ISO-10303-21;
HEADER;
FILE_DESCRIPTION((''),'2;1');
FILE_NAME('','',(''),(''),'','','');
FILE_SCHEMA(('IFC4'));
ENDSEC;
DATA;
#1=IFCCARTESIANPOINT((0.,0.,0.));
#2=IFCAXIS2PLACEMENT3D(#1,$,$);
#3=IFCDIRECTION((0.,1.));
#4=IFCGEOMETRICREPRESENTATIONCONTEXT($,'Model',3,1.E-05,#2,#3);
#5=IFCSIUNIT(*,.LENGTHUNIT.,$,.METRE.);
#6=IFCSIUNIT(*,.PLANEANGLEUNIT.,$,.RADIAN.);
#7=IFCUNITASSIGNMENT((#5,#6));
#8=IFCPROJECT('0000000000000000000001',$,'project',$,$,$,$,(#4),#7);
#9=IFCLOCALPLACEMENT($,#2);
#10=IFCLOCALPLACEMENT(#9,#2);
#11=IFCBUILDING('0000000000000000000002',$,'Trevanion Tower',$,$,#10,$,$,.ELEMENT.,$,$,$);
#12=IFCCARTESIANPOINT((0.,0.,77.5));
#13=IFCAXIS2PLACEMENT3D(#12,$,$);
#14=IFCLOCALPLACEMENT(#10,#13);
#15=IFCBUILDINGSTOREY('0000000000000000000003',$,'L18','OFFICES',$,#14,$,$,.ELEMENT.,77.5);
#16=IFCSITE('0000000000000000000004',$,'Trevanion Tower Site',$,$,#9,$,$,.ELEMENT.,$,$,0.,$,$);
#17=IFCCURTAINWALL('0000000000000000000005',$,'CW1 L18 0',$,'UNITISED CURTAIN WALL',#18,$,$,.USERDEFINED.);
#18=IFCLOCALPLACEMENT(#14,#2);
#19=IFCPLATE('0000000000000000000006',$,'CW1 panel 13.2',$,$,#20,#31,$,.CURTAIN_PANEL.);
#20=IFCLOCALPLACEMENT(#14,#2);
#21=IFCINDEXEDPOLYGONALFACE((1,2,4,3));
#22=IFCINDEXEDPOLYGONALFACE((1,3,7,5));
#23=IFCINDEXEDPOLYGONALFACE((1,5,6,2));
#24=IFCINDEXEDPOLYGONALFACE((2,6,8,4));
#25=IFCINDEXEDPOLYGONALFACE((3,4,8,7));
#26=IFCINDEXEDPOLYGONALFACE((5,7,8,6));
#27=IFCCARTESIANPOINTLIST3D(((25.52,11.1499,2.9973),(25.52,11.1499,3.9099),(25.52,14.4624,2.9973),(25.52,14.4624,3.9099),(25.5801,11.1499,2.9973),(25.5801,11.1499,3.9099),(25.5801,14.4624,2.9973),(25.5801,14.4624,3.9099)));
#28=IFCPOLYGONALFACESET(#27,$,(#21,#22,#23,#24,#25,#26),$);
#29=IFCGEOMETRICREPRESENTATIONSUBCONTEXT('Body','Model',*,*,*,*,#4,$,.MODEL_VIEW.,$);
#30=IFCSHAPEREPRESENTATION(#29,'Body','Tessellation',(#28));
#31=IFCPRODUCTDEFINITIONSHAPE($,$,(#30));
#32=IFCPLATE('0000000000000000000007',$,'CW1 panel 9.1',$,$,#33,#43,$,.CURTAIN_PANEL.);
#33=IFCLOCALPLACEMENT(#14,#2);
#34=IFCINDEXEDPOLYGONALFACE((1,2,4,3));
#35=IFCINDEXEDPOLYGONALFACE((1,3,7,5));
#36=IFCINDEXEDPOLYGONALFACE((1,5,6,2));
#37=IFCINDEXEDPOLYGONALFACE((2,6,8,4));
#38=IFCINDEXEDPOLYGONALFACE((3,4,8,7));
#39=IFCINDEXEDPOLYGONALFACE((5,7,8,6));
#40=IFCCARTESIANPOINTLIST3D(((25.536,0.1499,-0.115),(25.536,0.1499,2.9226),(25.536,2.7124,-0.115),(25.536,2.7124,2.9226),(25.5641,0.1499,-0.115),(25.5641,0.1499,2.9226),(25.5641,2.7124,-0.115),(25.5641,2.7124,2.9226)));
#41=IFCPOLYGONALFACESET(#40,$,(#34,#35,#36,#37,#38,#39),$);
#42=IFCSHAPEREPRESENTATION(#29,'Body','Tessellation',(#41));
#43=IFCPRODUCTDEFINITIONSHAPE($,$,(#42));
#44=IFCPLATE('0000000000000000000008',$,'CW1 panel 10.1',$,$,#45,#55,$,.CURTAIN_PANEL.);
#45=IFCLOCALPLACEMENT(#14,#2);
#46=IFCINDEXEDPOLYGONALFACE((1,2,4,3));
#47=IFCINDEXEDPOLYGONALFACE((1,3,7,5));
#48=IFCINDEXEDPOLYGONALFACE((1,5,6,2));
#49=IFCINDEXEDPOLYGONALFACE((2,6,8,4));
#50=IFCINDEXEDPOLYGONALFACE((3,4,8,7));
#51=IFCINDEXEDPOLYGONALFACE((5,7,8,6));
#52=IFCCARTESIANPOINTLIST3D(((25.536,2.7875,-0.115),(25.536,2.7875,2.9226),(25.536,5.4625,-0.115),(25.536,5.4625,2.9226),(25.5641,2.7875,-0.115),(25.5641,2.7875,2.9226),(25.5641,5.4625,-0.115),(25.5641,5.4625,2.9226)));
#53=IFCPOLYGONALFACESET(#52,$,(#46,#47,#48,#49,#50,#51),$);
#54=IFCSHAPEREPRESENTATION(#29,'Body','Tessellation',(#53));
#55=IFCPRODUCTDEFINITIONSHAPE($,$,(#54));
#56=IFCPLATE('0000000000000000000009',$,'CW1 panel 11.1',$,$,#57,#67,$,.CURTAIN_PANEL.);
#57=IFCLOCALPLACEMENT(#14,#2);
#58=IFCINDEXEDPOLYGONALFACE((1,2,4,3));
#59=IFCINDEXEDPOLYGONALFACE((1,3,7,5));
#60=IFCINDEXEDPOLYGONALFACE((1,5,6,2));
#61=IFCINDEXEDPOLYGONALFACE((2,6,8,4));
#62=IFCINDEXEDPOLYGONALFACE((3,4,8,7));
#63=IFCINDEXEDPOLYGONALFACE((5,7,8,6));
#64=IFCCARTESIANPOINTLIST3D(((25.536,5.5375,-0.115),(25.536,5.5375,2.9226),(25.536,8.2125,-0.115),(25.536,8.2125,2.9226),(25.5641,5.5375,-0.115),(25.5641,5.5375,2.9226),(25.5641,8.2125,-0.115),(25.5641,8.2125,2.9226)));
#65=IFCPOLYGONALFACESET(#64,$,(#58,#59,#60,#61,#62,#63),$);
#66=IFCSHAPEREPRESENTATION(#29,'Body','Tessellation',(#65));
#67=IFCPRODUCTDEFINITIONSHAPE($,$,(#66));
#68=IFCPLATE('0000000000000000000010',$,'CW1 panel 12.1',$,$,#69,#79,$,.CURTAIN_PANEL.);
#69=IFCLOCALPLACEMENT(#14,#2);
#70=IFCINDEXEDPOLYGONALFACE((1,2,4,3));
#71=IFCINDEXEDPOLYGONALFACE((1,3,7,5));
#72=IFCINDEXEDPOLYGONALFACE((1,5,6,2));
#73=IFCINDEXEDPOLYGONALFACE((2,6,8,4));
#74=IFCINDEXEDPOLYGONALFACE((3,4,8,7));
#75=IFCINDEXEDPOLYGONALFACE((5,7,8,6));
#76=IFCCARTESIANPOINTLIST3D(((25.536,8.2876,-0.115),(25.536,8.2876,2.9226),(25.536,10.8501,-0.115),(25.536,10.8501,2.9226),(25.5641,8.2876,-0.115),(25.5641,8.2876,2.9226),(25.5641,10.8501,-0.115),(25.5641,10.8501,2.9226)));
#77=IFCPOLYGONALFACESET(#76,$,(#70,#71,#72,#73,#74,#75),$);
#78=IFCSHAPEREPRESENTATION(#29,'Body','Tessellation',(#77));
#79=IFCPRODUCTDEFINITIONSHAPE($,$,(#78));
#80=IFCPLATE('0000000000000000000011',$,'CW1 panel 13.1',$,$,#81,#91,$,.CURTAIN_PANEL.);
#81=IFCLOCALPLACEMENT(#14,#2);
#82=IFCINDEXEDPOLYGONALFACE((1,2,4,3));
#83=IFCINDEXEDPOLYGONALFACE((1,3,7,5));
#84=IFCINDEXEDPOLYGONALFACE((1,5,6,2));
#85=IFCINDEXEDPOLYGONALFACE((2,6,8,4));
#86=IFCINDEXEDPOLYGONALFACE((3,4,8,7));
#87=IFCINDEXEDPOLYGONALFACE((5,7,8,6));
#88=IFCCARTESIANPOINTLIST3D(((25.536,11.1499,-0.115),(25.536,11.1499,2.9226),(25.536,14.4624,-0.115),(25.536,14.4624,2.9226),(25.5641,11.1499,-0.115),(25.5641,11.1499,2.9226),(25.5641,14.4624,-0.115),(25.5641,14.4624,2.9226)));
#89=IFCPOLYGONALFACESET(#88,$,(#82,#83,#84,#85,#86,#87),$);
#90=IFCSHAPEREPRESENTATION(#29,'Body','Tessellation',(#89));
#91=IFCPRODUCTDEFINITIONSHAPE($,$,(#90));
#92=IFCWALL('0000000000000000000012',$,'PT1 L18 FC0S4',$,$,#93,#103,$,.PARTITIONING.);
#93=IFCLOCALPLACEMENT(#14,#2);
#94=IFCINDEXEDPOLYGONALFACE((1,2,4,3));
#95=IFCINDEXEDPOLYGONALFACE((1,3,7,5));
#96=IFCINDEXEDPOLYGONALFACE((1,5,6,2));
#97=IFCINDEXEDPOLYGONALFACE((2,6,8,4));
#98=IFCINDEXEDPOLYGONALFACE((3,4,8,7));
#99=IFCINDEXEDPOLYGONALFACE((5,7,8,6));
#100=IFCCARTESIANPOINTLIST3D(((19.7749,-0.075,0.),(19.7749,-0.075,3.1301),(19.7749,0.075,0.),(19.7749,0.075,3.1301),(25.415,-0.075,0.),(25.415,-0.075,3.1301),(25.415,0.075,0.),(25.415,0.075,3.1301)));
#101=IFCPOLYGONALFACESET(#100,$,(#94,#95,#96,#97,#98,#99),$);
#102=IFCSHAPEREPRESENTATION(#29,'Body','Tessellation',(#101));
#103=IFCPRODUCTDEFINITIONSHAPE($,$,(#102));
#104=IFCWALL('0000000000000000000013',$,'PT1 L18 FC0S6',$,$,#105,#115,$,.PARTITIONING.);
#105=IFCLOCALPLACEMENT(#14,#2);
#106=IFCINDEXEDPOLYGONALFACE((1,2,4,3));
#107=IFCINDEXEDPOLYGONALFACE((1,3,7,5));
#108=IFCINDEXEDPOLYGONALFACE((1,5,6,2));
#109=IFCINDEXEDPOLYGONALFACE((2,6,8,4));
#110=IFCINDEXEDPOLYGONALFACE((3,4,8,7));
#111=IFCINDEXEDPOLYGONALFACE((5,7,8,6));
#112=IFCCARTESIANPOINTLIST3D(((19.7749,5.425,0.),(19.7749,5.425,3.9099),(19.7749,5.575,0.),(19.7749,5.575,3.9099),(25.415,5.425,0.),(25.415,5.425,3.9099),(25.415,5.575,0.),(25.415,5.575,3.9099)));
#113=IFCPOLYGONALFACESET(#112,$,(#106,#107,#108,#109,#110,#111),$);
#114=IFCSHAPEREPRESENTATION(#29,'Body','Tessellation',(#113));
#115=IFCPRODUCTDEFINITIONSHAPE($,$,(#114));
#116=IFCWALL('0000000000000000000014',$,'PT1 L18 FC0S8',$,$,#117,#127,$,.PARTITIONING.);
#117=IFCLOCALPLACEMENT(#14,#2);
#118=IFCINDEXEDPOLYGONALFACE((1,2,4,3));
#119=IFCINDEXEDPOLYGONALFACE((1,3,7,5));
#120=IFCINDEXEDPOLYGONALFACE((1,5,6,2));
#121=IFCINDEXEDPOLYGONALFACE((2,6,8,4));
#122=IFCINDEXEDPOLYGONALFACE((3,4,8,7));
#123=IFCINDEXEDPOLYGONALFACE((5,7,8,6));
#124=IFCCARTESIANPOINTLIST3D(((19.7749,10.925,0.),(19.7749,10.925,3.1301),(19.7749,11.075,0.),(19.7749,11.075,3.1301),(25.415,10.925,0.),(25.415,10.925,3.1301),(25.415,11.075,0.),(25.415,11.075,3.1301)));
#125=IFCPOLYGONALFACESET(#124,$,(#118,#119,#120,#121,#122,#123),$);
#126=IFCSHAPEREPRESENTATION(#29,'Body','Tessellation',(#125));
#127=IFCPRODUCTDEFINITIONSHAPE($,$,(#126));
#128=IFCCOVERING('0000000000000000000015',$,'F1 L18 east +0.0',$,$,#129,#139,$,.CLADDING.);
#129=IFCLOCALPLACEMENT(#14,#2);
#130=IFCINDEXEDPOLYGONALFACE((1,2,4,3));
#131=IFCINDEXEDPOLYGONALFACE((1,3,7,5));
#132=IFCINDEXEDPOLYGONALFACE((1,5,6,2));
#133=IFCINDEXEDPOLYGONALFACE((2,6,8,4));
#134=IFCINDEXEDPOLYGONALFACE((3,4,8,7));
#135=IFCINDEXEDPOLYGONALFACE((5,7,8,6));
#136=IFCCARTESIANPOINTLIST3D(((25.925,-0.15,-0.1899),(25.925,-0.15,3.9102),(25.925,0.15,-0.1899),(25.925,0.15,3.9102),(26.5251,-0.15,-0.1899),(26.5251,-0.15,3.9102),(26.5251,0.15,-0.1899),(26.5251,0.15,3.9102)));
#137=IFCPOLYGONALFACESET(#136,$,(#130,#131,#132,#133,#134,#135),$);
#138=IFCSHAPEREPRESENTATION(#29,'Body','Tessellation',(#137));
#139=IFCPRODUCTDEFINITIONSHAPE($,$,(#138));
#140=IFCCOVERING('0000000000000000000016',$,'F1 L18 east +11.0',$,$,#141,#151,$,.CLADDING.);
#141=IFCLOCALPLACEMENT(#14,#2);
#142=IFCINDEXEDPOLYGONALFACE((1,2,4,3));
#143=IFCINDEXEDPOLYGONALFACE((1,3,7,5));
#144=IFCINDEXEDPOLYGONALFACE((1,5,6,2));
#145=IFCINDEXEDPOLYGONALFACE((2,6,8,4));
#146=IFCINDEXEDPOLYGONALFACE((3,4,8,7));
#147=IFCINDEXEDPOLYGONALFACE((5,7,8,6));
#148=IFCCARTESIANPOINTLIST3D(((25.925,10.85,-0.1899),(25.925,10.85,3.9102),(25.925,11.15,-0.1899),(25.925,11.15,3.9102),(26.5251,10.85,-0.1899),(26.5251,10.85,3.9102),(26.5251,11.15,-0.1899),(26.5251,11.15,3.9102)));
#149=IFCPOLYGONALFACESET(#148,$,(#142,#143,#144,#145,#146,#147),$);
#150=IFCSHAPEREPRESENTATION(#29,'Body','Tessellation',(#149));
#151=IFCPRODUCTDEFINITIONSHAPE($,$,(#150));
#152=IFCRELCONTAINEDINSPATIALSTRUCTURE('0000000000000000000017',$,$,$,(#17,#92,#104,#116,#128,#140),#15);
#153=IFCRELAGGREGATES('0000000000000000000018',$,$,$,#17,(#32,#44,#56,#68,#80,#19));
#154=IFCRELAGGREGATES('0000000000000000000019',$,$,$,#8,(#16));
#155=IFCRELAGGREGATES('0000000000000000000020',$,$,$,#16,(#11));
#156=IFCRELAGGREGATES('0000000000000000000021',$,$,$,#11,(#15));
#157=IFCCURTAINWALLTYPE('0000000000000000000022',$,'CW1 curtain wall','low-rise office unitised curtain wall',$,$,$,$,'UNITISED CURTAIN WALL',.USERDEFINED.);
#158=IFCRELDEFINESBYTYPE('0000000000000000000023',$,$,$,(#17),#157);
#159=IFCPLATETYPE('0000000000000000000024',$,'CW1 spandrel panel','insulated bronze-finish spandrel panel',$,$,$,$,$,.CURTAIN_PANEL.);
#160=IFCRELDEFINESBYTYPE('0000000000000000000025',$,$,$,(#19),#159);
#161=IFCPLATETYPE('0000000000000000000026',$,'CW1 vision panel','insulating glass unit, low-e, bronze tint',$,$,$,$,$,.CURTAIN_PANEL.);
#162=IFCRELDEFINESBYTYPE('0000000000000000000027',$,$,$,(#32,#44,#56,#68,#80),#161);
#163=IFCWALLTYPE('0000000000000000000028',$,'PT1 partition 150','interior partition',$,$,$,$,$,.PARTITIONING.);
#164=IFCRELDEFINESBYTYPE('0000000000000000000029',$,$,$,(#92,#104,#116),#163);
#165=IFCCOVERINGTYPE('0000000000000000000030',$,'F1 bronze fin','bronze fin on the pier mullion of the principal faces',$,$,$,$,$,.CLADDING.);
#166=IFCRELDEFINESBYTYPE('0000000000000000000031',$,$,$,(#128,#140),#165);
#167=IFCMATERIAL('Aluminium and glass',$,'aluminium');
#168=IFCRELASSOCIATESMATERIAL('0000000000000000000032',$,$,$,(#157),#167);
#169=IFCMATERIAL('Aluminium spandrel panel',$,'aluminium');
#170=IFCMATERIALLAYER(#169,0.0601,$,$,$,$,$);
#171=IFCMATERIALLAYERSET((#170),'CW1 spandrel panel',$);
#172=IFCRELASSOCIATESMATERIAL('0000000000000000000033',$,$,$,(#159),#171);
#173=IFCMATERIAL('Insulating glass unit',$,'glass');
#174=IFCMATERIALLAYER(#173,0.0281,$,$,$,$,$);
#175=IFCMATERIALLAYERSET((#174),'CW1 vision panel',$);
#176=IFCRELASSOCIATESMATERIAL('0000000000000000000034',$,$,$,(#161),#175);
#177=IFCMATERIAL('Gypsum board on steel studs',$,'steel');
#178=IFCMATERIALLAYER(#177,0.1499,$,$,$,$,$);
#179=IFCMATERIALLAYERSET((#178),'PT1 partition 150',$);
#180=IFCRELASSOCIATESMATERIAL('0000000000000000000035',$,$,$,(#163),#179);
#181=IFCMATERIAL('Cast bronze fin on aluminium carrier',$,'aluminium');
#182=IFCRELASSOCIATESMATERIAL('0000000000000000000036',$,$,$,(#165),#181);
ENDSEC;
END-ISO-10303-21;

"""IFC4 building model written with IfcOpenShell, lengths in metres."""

from ifc_helpers import new_model, si_unit, direction, frame, frame_2d, origin, origin_2d, place, context, subcontext, project, spatial, rectangle, extrude, material, layer, layer_set, type_object, element, aggregate, save


model = new_model("IFC4")

# Units and contexts
model_context = context("Model", 3, precision=1e-05, world=origin(), true_north=direction((0.0, 1.0)))
body_context = subcontext(model_context, "Body", "Model", "MODEL_VIEW")
ifc_project = project(units=[si_unit("LENGTHUNIT", "METRE"), si_unit("PLANEANGLEUNIT", "RADIAN")], contexts=[model_context])

# Site, building, storey
site_placement = place(None, origin())
site = spatial("IfcSite", under=ifc_project, at=site_placement, Name="Trevanion Tower Site", CompositionType="ELEMENT", RefElevation=0.0)
building_placement = place(site_placement, origin())
building = spatial("IfcBuilding", under=site, at=building_placement, Name="Trevanion Tower", CompositionType="ELEMENT")
storey_placement = place(building_placement, frame((0.0, 0.0, 77.5)))
storey = spatial("IfcBuildingStorey", under=building, at=storey_placement, Name="L18", Description="OFFICES", CompositionType="ELEMENT", Elevation=77.5)

# Curtain wall
ifc_material_1 = material(Name="Aluminium and glass", Category="aluminium")
curtain_wall_type = type_object("IfcCurtainWallType", Name="CW1 curtain wall", Description="low-rise office unitised curtain wall", ElementType="UNITISED CURTAIN WALL", PredefinedType="USERDEFINED", material=ifc_material_1)
curtain_wall_placement = place(storey_placement, origin())
curtain_wall = element("IfcCurtainWall", 1, at=curtain_wall_placement, inside=storey, type_object=curtain_wall_type, Name="CW1 L18 0", ObjectType="UNITISED CURTAIN WALL", PredefinedType="USERDEFINED")

# Plates
ifc_material_2 = material(Name="Aluminium spandrel panel", Category="aluminium")
ifc_layer_1 = layer(ifc_material_2, 0.0601)
ifc_layer_set_1 = layer_set([ifc_layer_1], Name="CW1 spandrel panel")
plate_type_1 = type_object("IfcPlateType", Name="CW1 spandrel panel", Description="insulated bronze-finish spandrel panel", PredefinedType="CURTAIN_PANEL", material=ifc_layer_set_1)
plate_1_placement = place(storey_placement, frame((25.55, 12.8062, 2.9973), z_axis=(0.0, 0.0, 1.0), x_axis=(0.0, 1.0, 0.0)))
plate_1 = element("IfcPlate", 2, at=plate_1_placement, type_object=plate_type_1, Name="CW1 panel 13.2", PredefinedType="CURTAIN_PANEL", context=body_context, shape_type="SweptSolid", body=[
    extrude(rectangle(XDim=3.3125, YDim=0.0601, at=origin_2d()), origin(), (0.0, 0.0, 1.0), 0.9126),
])
ifc_material_3 = material(Name="Insulating glass unit", Category="glass")
ifc_layer_2 = layer(ifc_material_3, 0.0281)
ifc_layer_set_2 = layer_set([ifc_layer_2], Name="CW1 vision panel")
plate_type_2 = type_object("IfcPlateType", Name="CW1 vision panel", Description="insulating glass unit, low-e, bronze tint", PredefinedType="CURTAIN_PANEL", material=ifc_layer_set_2)
plate_2_placement = place(storey_placement, frame((25.55, 1.4312, -0.115), z_axis=(0.0, 0.0, 1.0), x_axis=(0.0, 1.0, 0.0)))
plate_2 = element("IfcPlate", 3, at=plate_2_placement, type_object=plate_type_2, Name="CW1 panel 9.1", PredefinedType="CURTAIN_PANEL", context=body_context, shape_type="SweptSolid", body=[
    extrude(rectangle(XDim=2.5625, YDim=0.0281, at=origin_2d()), origin(), (0.0, 0.0, 1.0), 3.0376),
])
plate_3_placement = place(storey_placement, frame((25.55, 4.125, -0.115), z_axis=(0.0, 0.0, 1.0), x_axis=(0.0, 1.0, 0.0)))
plate_3 = element("IfcPlate", 4, at=plate_3_placement, type_object=plate_type_2, Name="CW1 panel 10.1", PredefinedType="CURTAIN_PANEL", context=body_context, shape_type="SweptSolid", body=[
    extrude(rectangle(XDim=2.675, YDim=0.0281, at=origin_2d()), origin(), (0.0, 0.0, 1.0), 3.0376),
])
plate_4_placement = place(storey_placement, frame((25.55, 6.875, -0.115), z_axis=(0.0, 0.0, 1.0), x_axis=(0.0, 1.0, 0.0)))
plate_4 = element("IfcPlate", 5, at=plate_4_placement, type_object=plate_type_2, Name="CW1 panel 11.1", PredefinedType="CURTAIN_PANEL", context=body_context, shape_type="SweptSolid", body=[
    extrude(rectangle(XDim=2.675, YDim=0.0281, at=origin_2d()), origin(), (0.0, 0.0, 1.0), 3.0376),
])
plate_5_placement = place(storey_placement, frame((25.55, 9.5688, -0.115), z_axis=(0.0, 0.0, 1.0), x_axis=(0.0, 1.0, 0.0)))
plate_5 = element("IfcPlate", 6, at=plate_5_placement, type_object=plate_type_2, Name="CW1 panel 12.1", PredefinedType="CURTAIN_PANEL", context=body_context, shape_type="SweptSolid", body=[
    extrude(rectangle(XDim=2.5625, YDim=0.0281, at=origin_2d()), origin(), (0.0, 0.0, 1.0), 3.0376),
])
plate_6_placement = place(storey_placement, frame((25.55, 12.8062, -0.115), z_axis=(0.0, 0.0, 1.0), x_axis=(0.0, 1.0, 0.0)))
plate_6 = element("IfcPlate", 7, at=plate_6_placement, type_object=plate_type_2, Name="CW1 panel 13.1", PredefinedType="CURTAIN_PANEL", context=body_context, shape_type="SweptSolid", body=[
    extrude(rectangle(XDim=3.3125, YDim=0.0281, at=origin_2d()), origin(), (0.0, 0.0, 1.0), 3.0376),
])
aggregate(curtain_wall, [plate_2, plate_3, plate_4, plate_5, plate_6, plate_1])

# Walls
ifc_material_4 = material(Name="Gypsum board on steel studs", Category="steel")
ifc_layer_3 = layer(ifc_material_4, 0.1499)
ifc_layer_set_3 = layer_set([ifc_layer_3], Name="PT1 partition 150")
wall_type = type_object("IfcWallType", Name="PT1 partition 150", Description="interior partition", PredefinedType="PARTITIONING", material=ifc_layer_set_3)
wall_1_placement = place(storey_placement, frame((19.7749, 0.0, 0.0), z_axis=(0.0, 0.0, 1.0), x_axis=(1.0, 0.0, 0.0)))
element("IfcWall", 8, at=wall_1_placement, inside=storey, type_object=wall_type, Name="PT1 L18 FC0S4", PredefinedType="PARTITIONING", context=body_context, shape_type="SweptSolid", body=[
    extrude(rectangle(XDim=5.6401, YDim=0.1499, at=frame_2d((2.8201, 0.0))), origin(), (0.0, 0.0, 1.0), 3.1301),
])
wall_2_placement = place(storey_placement, frame((19.7749, 5.5, 0.0), z_axis=(0.0, 0.0, 1.0), x_axis=(1.0, 0.0, 0.0)))
element("IfcWall", 9, at=wall_2_placement, inside=storey, type_object=wall_type, Name="PT1 L18 FC0S6", PredefinedType="PARTITIONING", context=body_context, shape_type="SweptSolid", body=[
    extrude(rectangle(XDim=5.6401, YDim=0.1499, at=frame_2d((2.8201, 0.0))), origin(), (0.0, 0.0, 1.0), 3.9099),
])
wall_3_placement = place(storey_placement, frame((19.7749, 11.0, 0.0), z_axis=(0.0, 0.0, 1.0), x_axis=(1.0, 0.0, 0.0)))
element("IfcWall", 10, at=wall_3_placement, inside=storey, type_object=wall_type, Name="PT1 L18 FC0S8", PredefinedType="PARTITIONING", context=body_context, shape_type="SweptSolid", body=[
    extrude(rectangle(XDim=5.6401, YDim=0.1499, at=frame_2d((2.8201, 0.0))), origin(), (0.0, 0.0, 1.0), 3.1301),
])

# Coverings
ifc_material_5 = material(Name="Cast bronze fin on aluminium carrier", Category="aluminium")
covering_type = type_object("IfcCoveringType", Name="F1 bronze fin", Description="bronze fin on the pier mullion of the principal faces", PredefinedType="CLADDING", material=ifc_material_5)
for number, where, z_axis, x_axis, name in (
    (11, (26.2251, 0.0, -0.1899), (0.0, 0.0, 1.0), (0.0, 1.0, 0.0), "F1 L18 east +0.0"),
    (12, (26.2251, 11.0, -0.1899), (0.0, 0.0, 1.0), (0.0, 1.0, 0.0), "F1 L18 east +11.0"),
):
    element("IfcCovering", number, at=place(storey_placement, frame(where, z_axis=z_axis, x_axis=x_axis)), inside=storey, type_object=covering_type, Name=name, PredefinedType="CLADDING", context=body_context, shape_type="SweptSolid", body=[
        extrude(rectangle(XDim=0.3, YDim=0.6001, at=origin_2d()), origin(), (0.0, 0.0, 1.0), 4.1001),
    ])

save(model, "model.ifc")
